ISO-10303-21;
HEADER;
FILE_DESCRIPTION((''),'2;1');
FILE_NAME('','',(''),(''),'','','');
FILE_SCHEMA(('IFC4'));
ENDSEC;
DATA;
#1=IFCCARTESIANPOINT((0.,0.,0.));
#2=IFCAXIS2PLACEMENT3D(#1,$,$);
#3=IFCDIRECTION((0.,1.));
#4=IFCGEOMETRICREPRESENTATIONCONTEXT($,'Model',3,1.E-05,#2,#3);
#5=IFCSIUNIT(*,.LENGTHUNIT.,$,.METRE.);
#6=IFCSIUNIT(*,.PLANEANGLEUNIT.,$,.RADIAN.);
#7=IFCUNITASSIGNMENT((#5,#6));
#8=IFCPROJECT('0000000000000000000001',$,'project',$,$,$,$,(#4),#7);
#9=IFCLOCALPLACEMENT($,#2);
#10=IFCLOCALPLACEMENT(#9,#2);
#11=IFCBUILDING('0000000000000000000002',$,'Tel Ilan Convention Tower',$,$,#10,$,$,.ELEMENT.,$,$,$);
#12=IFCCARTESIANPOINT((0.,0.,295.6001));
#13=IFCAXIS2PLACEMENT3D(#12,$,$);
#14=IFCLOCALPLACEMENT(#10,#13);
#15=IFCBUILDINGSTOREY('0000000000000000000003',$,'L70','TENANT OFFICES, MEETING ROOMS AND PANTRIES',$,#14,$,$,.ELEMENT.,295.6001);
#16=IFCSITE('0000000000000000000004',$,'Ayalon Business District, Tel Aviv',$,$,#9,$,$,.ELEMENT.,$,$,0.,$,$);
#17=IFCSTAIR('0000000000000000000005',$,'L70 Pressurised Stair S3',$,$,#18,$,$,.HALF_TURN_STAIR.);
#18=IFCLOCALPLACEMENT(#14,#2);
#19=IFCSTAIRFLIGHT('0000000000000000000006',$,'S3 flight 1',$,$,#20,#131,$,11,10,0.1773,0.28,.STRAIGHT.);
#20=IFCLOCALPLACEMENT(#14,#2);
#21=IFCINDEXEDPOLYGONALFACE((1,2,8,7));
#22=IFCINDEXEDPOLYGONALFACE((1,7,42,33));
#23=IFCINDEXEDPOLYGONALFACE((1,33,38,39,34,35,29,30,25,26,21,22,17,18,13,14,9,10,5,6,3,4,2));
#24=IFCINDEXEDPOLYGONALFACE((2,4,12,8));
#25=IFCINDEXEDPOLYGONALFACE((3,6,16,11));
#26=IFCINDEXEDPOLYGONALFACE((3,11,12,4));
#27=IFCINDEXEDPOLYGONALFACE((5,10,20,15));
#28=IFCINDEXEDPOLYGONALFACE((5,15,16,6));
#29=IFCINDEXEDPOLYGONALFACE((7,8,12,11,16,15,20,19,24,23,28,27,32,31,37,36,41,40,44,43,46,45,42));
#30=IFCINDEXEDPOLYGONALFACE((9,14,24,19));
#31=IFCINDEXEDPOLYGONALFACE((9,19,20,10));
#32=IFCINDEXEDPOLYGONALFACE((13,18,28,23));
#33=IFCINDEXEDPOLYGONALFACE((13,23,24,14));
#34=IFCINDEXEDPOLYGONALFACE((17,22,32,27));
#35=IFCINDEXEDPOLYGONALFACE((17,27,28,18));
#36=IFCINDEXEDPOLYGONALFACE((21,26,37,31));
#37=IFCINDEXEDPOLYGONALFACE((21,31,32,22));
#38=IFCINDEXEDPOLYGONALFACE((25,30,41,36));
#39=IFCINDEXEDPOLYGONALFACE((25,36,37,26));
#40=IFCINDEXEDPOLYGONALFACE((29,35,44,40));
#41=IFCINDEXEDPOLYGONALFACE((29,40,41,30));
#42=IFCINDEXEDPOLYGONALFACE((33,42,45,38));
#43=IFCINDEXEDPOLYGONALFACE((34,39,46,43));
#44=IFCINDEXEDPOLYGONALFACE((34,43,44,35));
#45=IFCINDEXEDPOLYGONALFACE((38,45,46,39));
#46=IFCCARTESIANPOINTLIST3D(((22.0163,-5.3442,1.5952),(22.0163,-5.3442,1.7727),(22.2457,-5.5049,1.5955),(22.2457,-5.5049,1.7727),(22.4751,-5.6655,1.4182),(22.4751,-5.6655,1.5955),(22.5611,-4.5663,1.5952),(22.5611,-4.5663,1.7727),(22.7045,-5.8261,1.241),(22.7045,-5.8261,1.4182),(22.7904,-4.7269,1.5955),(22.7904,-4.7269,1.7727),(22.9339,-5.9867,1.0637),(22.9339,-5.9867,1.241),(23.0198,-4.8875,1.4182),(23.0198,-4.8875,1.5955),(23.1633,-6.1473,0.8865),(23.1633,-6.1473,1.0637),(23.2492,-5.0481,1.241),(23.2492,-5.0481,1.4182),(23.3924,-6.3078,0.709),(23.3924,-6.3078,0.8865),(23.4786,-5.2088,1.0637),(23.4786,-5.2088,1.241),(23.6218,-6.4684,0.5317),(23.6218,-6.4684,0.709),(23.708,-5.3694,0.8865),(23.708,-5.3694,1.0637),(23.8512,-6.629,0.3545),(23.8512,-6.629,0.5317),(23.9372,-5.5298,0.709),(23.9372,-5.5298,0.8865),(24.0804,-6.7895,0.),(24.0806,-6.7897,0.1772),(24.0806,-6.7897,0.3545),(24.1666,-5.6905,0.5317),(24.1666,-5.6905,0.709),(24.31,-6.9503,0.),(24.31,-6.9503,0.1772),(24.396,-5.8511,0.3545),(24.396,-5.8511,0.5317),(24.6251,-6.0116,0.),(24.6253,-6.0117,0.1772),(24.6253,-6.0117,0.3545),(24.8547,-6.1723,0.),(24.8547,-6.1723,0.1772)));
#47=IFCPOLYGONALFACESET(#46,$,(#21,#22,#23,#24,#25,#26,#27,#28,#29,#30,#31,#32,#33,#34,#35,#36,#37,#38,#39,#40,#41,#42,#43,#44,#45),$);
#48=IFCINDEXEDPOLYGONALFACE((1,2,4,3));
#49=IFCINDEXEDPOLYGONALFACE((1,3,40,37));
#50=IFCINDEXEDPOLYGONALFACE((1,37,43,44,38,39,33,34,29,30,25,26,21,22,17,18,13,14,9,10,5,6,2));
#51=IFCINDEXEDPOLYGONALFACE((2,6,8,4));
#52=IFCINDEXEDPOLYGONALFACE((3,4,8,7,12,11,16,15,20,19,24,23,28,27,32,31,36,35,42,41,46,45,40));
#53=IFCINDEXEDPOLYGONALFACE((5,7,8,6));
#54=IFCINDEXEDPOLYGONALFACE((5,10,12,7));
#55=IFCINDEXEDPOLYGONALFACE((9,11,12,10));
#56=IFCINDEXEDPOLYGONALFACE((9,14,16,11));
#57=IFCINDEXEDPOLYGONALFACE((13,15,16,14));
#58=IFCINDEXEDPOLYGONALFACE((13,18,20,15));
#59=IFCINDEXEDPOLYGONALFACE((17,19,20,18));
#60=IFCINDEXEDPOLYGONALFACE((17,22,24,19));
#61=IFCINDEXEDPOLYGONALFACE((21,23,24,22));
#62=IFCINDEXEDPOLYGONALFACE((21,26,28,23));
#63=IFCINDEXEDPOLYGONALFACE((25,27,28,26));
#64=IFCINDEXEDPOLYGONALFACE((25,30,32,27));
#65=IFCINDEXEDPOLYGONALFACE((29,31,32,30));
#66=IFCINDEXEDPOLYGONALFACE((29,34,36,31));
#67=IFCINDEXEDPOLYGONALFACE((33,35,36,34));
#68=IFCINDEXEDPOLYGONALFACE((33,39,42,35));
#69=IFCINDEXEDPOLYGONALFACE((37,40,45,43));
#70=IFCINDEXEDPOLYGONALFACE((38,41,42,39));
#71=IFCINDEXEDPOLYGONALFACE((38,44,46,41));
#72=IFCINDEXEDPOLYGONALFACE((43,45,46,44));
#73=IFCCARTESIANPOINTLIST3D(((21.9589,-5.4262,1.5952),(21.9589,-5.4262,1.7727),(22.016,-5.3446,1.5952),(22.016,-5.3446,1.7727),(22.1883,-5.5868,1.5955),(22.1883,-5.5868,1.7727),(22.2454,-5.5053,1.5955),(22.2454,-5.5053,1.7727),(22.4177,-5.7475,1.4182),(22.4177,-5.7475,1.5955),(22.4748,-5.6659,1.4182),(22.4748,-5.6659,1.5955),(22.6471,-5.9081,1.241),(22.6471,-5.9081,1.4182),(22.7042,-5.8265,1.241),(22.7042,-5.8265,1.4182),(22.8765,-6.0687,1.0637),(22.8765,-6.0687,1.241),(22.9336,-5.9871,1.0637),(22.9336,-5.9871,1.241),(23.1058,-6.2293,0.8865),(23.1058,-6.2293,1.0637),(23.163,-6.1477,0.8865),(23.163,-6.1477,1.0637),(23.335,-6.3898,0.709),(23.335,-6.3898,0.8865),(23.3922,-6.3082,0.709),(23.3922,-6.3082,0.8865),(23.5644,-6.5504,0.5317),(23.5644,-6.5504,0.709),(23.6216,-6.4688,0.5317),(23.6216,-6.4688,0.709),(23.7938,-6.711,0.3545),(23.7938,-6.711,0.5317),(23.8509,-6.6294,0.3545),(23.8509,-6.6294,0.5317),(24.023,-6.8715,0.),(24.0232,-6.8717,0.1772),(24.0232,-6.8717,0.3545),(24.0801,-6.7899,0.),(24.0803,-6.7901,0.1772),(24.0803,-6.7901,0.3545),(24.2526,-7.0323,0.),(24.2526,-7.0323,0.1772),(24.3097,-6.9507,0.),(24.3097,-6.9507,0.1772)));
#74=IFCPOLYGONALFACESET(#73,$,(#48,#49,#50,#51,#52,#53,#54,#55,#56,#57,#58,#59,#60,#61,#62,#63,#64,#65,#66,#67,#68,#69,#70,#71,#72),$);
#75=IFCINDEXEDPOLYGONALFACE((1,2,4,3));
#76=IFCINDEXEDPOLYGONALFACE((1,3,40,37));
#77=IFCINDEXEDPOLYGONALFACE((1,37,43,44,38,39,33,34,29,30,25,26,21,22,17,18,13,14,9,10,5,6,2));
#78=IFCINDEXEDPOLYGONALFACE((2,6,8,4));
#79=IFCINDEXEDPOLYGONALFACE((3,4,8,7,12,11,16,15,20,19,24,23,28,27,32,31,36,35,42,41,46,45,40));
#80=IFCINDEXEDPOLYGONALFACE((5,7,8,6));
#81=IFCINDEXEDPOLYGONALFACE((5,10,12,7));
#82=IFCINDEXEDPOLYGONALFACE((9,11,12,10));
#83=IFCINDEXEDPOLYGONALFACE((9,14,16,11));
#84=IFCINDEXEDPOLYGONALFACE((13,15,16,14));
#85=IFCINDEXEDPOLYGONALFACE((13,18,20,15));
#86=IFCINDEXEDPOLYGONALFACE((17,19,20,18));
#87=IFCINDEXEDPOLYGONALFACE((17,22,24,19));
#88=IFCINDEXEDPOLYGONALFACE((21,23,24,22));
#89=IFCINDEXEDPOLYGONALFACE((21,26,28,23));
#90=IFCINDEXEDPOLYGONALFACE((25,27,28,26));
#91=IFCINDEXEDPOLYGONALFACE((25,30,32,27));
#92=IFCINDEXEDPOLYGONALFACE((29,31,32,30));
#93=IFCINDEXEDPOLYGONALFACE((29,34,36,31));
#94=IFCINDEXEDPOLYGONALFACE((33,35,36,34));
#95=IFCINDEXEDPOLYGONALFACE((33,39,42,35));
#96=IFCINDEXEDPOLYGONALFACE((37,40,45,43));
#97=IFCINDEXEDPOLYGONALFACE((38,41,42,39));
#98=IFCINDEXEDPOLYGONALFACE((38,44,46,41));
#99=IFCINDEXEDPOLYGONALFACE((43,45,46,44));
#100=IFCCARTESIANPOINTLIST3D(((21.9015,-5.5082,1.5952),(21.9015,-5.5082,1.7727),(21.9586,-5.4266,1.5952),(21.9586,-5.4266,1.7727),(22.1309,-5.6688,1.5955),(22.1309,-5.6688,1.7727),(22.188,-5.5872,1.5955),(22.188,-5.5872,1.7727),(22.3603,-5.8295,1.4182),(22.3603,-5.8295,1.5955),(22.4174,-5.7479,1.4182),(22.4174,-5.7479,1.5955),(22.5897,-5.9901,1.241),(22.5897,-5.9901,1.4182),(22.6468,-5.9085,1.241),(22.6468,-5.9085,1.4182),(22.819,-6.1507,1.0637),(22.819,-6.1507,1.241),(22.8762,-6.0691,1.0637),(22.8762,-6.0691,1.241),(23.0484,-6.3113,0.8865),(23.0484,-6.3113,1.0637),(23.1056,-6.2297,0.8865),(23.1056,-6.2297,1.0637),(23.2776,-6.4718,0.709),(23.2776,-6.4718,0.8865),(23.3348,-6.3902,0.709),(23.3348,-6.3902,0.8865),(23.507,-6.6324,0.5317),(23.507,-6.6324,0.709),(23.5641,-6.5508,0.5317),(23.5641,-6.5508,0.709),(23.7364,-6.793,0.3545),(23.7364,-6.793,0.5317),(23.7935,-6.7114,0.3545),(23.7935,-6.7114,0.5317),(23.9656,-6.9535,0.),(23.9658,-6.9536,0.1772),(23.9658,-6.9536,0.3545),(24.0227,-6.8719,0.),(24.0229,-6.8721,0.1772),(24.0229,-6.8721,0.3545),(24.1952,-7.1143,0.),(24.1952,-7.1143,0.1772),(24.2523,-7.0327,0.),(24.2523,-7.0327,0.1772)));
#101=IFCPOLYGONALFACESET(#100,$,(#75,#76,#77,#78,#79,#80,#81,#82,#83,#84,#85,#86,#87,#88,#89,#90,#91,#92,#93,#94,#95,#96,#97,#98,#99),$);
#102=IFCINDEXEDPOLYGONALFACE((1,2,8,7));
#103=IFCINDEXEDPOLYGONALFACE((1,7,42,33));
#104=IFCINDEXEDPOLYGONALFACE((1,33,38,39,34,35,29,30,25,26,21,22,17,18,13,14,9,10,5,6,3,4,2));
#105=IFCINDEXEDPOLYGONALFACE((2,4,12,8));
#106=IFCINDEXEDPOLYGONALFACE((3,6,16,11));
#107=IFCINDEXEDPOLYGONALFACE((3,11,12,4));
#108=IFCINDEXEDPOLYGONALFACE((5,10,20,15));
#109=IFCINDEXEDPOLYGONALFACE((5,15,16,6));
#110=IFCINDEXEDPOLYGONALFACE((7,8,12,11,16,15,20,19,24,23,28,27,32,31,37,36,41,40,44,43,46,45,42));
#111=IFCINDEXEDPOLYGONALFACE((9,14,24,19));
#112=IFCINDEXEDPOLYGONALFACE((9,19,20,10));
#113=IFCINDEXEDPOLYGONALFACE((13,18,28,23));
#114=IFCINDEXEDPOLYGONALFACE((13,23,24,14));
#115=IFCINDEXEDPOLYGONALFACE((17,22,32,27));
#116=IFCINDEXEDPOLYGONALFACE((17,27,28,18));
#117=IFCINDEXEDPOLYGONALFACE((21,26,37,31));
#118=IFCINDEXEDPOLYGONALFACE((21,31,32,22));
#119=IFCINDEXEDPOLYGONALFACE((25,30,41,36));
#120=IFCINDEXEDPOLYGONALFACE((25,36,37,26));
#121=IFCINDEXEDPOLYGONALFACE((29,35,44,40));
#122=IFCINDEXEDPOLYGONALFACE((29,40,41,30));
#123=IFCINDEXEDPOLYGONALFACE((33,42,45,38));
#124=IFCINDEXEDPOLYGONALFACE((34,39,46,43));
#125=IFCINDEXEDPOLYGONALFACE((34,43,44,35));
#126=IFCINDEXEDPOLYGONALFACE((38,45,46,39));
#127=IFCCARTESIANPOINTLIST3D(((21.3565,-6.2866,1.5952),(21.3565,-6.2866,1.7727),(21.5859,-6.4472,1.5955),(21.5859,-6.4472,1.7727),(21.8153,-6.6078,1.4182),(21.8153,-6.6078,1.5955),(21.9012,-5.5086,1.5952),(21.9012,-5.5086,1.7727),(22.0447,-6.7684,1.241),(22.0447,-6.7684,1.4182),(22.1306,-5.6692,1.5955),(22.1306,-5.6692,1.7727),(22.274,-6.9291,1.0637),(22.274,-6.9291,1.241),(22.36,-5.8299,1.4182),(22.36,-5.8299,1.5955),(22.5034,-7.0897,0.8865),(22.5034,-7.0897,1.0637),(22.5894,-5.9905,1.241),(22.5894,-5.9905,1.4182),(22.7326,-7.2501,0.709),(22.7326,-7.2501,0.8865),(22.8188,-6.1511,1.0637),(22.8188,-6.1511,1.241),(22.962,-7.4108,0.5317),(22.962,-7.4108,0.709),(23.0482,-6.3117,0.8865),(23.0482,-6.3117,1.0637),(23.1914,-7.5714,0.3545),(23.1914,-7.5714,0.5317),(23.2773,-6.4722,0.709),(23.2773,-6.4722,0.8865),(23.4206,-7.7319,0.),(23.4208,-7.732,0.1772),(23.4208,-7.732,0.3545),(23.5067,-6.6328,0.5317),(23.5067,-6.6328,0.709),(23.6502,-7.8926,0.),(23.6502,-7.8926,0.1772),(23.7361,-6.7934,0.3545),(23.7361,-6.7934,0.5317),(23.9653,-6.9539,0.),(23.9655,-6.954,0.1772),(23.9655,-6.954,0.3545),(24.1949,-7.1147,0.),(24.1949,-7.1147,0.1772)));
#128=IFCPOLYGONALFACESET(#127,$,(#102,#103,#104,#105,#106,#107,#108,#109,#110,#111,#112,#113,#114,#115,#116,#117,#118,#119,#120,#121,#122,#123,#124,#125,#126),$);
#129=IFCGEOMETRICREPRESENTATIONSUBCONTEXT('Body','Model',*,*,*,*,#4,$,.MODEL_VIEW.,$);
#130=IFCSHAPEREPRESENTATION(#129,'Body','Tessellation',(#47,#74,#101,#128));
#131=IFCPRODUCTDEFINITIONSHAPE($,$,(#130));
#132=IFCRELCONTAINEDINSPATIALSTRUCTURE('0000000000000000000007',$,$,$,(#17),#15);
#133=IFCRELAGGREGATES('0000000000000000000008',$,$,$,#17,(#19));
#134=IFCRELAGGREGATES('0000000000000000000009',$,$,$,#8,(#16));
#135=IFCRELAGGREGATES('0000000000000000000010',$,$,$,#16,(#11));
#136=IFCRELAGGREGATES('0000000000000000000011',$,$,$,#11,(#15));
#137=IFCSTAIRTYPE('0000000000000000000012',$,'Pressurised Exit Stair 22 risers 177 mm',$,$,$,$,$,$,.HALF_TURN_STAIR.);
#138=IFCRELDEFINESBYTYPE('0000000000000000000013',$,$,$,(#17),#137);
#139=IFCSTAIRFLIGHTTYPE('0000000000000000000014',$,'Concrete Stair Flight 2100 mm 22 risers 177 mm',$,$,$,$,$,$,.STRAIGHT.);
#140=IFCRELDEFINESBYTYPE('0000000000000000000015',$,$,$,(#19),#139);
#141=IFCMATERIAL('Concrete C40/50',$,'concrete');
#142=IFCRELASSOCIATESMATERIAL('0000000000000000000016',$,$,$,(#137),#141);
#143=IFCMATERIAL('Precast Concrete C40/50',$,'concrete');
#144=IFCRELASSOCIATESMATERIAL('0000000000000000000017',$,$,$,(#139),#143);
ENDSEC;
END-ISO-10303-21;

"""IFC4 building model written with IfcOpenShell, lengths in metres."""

from ifc_helpers import new_model, si_unit, direction, frame, origin, place, context, subcontext, project, spatial, polyline, outline, extrude, material, type_object, element, aggregate, save


model = new_model("IFC4")

# Units and contexts
model_context = context("Model", 3, precision=1e-05, world=origin(), true_north=direction((0.0, 1.0)))
body_context = subcontext(model_context, "Body", "Model", "MODEL_VIEW")
ifc_project = project(units=[si_unit("LENGTHUNIT", "METRE"), si_unit("PLANEANGLEUNIT", "RADIAN")], contexts=[model_context])

# Site, building, storey
site_placement = place(None, origin())
site = spatial("IfcSite", under=ifc_project, at=site_placement, Name="Ayalon Business District, Tel Aviv", CompositionType="ELEMENT", RefElevation=0.0)
building_placement = place(site_placement, origin())
building = spatial("IfcBuilding", under=site, at=building_placement, Name="Tel Ilan Convention Tower", CompositionType="ELEMENT")
storey_placement = place(building_placement, frame((0.0, 0.0, 295.6001)))
storey = spatial("IfcBuildingStorey", under=building, at=storey_placement, Name="L70", Description="TENANT OFFICES, MEETING ROOMS AND PANTRIES", CompositionType="ELEMENT", Elevation=295.6001)

# Stair, stair flight
ifc_material_1 = material(Name="Concrete C40/50", Category="concrete")
stair_type = type_object("IfcStairType", Name="Pressurised Exit Stair 22 risers 177 mm", PredefinedType="HALF_TURN_STAIR", material=ifc_material_1)
stair_1_placement = place(storey_placement, origin())
stair_1 = element("IfcStair", 1, at=stair_1_placement, inside=storey, type_object=stair_type, Name="L70 Pressurised Stair S3", PredefinedType="HALF_TURN_STAIR")
ifc_material_2 = material(Name="Precast Concrete C40/50", Category="concrete")
stair_flight_type = type_object("IfcStairFlightType", Name="Concrete Stair Flight 2100 mm 22 risers 177 mm", PredefinedType="STRAIGHT", material=ifc_material_2)
stair_flight_1_placement = place(storey_placement, frame((24.2524, -7.0325, 0.0), z_axis=(0.0, 0.0, 1.0), x_axis=(-0.819152, 0.573576, 0.0)))
stair_flight_1 = element("IfcStairFlight", 2, at=stair_flight_1_placement, type_object=stair_flight_type, Name="S3 flight 1", NumberOfRisers=11, NumberOfTreads=10, PredefinedType="STRAIGHT", RiserHeight=0.1773, TreadLength=0.28, context=body_context, shape_type="SweptSolid", body=[
    extrude(outline(polyline([(0.0, 0.0), (0.0, 0.1772), (0.28, 0.1772), (0.28, 0.3545), (0.5601, 0.3545), (0.5601, 0.5317), (0.8401, 0.5317), (0.8401, 0.709), (1.1201, 0.709), (1.1201, 0.8865), (1.3999, 0.8865), (1.3999, 1.0637), (1.6799, 1.0637), (1.6799, 1.241), (1.96, 1.241), (1.96, 1.4182), (2.24, 1.4182), (2.24, 1.5955), (2.52, 1.5955), (2.52, 1.7727), (2.8, 1.7727), (2.8, 1.95), (2.8, 1.5952), (0.2803, 0.0), (0.0, 0.0)])), frame((0.0, -0.1003, 0.0), z_axis=(0.0, -1.0, 0.0), x_axis=(1.0, 0.0, 0.0)), (0.0, 0.0, 1.0), 0.9497),
    extrude(outline(polyline([(0.0, 0.0), (0.0, 0.1772), (0.28, 0.1772), (0.28, 0.3545), (0.5601, 0.3545), (0.5601, 0.5317), (0.8401, 0.5317), (0.8401, 0.709), (1.1201, 0.709), (1.1201, 0.8865), (1.3999, 0.8865), (1.3999, 1.0637), (1.6799, 1.0637), (1.6799, 1.241), (1.96, 1.241), (1.96, 1.4182), (2.24, 1.4182), (2.24, 1.5955), (2.52, 1.5955), (2.52, 1.7727), (2.8, 1.7727), (2.8, 1.95), (2.8, 1.5952), (0.2803, 0.0), (0.0, 0.0)])), frame((0.0, -0.0002, 0.0), z_axis=(0.0, -1.0, 0.0), x_axis=(1.0, 0.0, 0.0)), (0.0, 0.0, 1.0), 0.0996),
    extrude(outline(polyline([(0.0, 0.0), (0.0, 0.1772), (0.28, 0.1772), (0.28, 0.3545), (0.5601, 0.3545), (0.5601, 0.5317), (0.8401, 0.5317), (0.8401, 0.709), (1.1201, 0.709), (1.1201, 0.8865), (1.3999, 0.8865), (1.3999, 1.0637), (1.6799, 1.0637), (1.6799, 1.241), (1.96, 1.241), (1.96, 1.4182), (2.24, 1.4182), (2.24, 1.5955), (2.52, 1.5955), (2.52, 1.7727), (2.8, 1.7727), (2.8, 1.95), (2.8, 1.5952), (0.2803, 0.0), (0.0, 0.0)])), frame((0.0, 0.0999, 0.0), z_axis=(0.0, -1.0, 0.0), x_axis=(1.0, 0.0, 0.0)), (0.0, 0.0, 1.0), 0.0996),
    extrude(outline(polyline([(0.0, 0.0), (0.0, 0.1772), (0.28, 0.1772), (0.28, 0.3545), (0.5601, 0.3545), (0.5601, 0.5317), (0.8401, 0.5317), (0.8401, 0.709), (1.1201, 0.709), (1.1201, 0.8865), (1.3999, 0.8865), (1.3999, 1.0637), (1.6799, 1.0637), (1.6799, 1.241), (1.96, 1.241), (1.96, 1.4182), (2.24, 1.4182), (2.24, 1.5955), (2.52, 1.5955), (2.52, 1.7727), (2.8, 1.7727), (2.8, 1.95), (2.8, 1.5952), (0.2803, 0.0), (0.0, 0.0)])), frame((0.0, 1.05, 0.0), z_axis=(0.0, -1.0, 0.0), x_axis=(1.0, 0.0, 0.0)), (0.0, 0.0, 1.0), 0.9497),
])
aggregate(stair_1, [stair_flight_1])

save(model, "model.ifc")
